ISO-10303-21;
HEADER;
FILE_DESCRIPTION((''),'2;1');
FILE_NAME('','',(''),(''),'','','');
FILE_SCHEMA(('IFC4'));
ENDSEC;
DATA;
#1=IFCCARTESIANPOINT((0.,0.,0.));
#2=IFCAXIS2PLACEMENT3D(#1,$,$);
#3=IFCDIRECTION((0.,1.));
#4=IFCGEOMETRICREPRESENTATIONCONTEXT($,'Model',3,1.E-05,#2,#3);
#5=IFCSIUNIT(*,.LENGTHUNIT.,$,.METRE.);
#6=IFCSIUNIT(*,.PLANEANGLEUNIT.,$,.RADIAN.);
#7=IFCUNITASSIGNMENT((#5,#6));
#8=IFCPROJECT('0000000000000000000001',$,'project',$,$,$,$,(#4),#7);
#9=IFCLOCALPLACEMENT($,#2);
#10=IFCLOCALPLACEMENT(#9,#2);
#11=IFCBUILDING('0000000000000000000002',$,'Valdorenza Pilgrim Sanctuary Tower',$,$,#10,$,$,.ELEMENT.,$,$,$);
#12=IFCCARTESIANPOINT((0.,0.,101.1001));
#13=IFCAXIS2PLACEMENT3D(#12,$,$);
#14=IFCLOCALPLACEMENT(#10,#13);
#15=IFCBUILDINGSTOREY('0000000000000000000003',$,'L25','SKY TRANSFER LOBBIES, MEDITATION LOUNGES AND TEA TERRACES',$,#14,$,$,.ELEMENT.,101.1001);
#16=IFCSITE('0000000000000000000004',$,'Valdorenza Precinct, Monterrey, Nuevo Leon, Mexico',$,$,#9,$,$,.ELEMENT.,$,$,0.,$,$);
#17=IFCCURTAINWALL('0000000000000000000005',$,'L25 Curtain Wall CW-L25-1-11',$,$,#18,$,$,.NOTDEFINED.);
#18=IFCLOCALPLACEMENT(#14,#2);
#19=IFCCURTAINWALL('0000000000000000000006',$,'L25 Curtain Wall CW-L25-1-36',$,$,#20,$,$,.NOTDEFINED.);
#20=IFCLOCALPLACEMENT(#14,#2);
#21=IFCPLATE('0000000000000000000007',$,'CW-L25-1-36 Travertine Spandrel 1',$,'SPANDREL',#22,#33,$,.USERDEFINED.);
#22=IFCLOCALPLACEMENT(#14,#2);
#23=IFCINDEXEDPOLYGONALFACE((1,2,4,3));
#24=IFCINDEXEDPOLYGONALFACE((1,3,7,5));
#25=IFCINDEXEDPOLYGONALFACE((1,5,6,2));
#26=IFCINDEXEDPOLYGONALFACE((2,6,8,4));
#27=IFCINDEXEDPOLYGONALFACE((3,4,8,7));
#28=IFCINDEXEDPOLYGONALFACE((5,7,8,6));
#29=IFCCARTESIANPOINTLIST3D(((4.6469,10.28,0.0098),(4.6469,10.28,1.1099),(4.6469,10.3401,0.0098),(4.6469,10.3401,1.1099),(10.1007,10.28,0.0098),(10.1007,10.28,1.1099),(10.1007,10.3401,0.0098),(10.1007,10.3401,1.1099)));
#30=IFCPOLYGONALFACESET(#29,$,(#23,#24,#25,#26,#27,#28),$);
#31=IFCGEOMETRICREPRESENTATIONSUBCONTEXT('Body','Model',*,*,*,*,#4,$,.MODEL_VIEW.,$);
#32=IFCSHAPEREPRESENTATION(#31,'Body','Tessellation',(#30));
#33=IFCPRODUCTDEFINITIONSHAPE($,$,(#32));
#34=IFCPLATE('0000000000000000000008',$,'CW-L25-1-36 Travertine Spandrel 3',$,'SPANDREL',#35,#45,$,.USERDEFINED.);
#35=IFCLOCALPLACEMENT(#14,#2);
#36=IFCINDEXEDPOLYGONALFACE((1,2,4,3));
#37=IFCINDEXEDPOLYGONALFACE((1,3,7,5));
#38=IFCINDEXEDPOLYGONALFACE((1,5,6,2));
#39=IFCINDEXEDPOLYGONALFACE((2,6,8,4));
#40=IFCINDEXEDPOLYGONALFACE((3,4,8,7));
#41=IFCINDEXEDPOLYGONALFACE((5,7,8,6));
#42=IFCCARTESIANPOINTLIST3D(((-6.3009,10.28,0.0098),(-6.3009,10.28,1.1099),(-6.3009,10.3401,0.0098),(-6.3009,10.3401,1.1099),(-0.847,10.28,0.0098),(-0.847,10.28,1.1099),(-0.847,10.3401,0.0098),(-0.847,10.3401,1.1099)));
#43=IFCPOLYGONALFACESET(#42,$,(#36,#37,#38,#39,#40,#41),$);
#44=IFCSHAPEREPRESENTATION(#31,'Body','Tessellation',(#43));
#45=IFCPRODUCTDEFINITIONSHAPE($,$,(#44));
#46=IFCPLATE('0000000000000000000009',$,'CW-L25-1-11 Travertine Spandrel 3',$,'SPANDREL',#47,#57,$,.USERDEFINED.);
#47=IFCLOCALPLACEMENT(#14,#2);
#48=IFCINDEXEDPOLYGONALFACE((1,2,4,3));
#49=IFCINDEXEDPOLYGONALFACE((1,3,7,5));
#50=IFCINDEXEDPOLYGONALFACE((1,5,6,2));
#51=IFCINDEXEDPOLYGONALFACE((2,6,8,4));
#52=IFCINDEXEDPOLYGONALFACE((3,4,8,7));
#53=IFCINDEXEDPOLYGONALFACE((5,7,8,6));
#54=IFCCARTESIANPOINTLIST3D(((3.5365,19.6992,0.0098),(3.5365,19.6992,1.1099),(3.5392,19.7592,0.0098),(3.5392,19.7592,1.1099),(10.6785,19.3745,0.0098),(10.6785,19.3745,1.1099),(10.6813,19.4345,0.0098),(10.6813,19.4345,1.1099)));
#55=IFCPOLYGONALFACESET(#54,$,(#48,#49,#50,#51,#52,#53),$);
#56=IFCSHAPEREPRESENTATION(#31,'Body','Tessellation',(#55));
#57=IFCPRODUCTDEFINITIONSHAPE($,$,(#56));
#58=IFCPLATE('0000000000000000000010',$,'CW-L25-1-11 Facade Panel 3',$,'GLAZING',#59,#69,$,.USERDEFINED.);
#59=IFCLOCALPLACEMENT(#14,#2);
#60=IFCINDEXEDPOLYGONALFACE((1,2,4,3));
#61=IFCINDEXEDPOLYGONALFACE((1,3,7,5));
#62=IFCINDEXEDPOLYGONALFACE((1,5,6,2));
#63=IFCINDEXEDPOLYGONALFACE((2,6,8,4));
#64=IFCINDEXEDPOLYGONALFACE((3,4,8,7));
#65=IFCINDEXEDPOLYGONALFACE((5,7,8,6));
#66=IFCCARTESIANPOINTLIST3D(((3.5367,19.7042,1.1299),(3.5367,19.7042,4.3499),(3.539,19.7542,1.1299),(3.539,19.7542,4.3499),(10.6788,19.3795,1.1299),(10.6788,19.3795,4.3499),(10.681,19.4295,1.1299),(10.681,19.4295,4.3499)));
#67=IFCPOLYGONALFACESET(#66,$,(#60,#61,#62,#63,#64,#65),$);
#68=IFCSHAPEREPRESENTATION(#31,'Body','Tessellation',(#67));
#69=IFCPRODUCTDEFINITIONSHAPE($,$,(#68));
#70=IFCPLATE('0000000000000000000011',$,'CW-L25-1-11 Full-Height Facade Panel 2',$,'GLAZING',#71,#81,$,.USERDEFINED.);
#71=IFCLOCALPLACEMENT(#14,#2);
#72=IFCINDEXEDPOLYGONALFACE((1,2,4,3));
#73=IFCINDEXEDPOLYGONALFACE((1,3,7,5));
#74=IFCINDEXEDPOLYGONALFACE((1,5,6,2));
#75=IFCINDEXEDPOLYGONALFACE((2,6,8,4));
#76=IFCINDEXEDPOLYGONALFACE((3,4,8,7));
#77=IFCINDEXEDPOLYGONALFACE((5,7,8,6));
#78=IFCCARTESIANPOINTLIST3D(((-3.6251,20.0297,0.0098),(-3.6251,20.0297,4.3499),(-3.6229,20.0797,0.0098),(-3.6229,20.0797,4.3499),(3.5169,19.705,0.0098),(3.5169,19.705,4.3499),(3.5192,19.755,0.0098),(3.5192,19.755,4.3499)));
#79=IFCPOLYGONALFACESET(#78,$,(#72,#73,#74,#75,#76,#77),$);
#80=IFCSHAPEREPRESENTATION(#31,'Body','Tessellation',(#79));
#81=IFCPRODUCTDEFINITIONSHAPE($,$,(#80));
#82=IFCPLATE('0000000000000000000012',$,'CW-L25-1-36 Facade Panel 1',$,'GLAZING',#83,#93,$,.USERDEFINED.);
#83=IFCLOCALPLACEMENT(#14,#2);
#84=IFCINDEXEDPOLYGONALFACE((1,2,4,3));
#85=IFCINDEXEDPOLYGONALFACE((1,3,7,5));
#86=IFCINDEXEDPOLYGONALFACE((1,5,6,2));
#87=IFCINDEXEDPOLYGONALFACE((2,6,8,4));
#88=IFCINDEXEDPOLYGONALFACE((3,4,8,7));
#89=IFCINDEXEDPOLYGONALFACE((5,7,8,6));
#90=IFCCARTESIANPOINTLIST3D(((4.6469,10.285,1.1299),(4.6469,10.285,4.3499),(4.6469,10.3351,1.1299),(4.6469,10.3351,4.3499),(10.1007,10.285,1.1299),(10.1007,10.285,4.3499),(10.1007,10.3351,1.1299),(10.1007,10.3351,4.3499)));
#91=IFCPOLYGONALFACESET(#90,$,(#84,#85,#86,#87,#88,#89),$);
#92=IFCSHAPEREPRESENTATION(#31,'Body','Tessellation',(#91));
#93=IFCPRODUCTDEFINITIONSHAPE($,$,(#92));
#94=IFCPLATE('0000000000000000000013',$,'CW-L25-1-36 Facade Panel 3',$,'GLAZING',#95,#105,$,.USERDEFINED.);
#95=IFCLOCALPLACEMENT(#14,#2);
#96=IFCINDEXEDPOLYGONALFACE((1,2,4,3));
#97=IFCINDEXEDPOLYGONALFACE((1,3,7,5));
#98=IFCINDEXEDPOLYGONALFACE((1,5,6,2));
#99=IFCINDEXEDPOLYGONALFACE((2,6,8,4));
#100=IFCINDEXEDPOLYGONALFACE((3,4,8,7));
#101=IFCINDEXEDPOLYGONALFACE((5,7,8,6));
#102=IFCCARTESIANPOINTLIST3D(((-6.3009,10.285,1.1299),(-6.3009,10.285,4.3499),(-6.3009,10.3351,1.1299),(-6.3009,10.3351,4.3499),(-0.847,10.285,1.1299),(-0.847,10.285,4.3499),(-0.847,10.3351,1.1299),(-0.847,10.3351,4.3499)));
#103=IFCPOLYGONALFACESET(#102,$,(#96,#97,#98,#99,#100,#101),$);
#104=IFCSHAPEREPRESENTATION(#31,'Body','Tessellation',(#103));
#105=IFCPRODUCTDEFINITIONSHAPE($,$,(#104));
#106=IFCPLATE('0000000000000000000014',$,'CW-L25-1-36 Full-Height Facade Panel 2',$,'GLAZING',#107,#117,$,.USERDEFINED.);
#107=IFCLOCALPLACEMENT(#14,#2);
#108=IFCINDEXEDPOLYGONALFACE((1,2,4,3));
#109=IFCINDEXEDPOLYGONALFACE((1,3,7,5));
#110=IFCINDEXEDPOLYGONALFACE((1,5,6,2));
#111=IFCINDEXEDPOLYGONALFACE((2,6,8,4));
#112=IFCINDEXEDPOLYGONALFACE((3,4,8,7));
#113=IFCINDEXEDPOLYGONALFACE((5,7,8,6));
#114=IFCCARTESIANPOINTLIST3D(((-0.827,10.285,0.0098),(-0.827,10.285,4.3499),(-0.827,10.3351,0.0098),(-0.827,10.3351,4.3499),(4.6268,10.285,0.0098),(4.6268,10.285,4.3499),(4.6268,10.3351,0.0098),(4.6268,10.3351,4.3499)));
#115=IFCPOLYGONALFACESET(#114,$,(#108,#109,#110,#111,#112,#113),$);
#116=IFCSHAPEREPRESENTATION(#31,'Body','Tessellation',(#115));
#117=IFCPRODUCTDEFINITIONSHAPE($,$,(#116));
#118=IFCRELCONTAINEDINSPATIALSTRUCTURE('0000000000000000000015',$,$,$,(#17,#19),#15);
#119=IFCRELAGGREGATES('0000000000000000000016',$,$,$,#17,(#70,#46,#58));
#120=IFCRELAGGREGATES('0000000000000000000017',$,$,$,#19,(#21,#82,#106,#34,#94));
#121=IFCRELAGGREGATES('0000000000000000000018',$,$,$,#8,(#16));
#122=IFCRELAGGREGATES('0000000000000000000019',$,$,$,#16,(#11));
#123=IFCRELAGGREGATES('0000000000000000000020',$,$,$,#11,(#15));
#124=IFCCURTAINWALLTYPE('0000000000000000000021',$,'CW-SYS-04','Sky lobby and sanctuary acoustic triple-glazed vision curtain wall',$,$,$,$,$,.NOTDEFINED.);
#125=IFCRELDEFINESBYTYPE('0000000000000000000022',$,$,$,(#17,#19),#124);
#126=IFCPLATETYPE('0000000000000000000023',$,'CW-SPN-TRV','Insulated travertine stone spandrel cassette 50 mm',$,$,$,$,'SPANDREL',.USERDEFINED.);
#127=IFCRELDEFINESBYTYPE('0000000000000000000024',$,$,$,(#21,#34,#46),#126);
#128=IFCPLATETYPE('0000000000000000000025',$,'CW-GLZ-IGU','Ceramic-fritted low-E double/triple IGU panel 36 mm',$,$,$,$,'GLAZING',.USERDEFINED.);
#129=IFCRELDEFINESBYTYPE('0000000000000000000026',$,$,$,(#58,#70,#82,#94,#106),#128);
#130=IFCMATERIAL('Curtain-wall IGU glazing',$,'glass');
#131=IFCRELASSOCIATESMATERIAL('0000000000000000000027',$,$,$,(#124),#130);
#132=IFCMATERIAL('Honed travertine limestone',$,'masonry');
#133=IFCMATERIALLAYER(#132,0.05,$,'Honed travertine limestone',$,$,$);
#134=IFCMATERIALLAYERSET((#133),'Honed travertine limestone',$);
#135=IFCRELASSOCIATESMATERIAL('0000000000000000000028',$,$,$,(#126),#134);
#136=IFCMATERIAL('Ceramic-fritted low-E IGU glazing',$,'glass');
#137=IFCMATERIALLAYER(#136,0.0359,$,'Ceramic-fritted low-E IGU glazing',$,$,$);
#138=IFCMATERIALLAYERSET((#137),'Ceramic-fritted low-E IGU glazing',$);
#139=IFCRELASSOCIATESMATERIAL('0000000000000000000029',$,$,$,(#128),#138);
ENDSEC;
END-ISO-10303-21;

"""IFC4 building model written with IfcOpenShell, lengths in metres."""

from ifc_helpers import new_model, si_unit, direction, frame, origin, origin_2d, place, context, subcontext, project, spatial, rectangle, extrude, source, transform, mapped, material, layer, layer_set, type_object, element, aggregate, save


model = new_model("IFC4")

# Units and contexts
model_context = context("Model", 3, precision=1e-05, world=origin(), true_north=direction((0.0, 1.0)))
body_context = subcontext(model_context, "Body", "Model", "MODEL_VIEW")
ifc_project = project(units=[si_unit("LENGTHUNIT", "METRE"), si_unit("PLANEANGLEUNIT", "RADIAN")], contexts=[model_context])

# Site, building, storey
site_placement = place(None, origin())
site = spatial("IfcSite", under=ifc_project, at=site_placement, Name="Valdorenza Precinct, Monterrey, Nuevo Leon, Mexico", CompositionType="ELEMENT", RefElevation=0.0)
building_placement = place(site_placement, origin())
building = spatial("IfcBuilding", under=site, at=building_placement, Name="Valdorenza Pilgrim Sanctuary Tower", CompositionType="ELEMENT")
storey_placement = place(building_placement, frame((0.0, 0.0, 101.1001)))
storey = spatial("IfcBuildingStorey", under=building, at=storey_placement, Name="L25", Description="SKY TRANSFER LOBBIES, MEDITATION LOUNGES AND TEA TERRACES", CompositionType="ELEMENT", Elevation=101.1001)

# Curtain wall
ifc_material_1 = material(Name="Curtain-wall IGU glazing", Category="glass")
curtain_wall_type = type_object("IfcCurtainWallType", Name="CW-SYS-04", Description="Sky lobby and sanctuary acoustic triple-glazed vision curtain wall", PredefinedType="NOTDEFINED", material=ifc_material_1)
curtain_wall_1_placement = place(storey_placement, origin())
curtain_wall_1 = element("IfcCurtainWall", 1, at=curtain_wall_1_placement, inside=storey, type_object=curtain_wall_type, Name="L25 Curtain Wall CW-L25-1-11", PredefinedType="NOTDEFINED")

# Curtain wall, plates
curtain_wall_2_placement = place(storey_placement, origin())
curtain_wall_2 = element("IfcCurtainWall", 2, at=curtain_wall_2_placement, inside=storey, type_object=curtain_wall_type, Name="L25 Curtain Wall CW-L25-1-36", PredefinedType="NOTDEFINED")
ifc_material_2 = material(Name="Honed travertine limestone", Category="masonry")
ifc_layer_1 = layer(ifc_material_2, 0.05, Name="Honed travertine limestone")
ifc_layer_set_1 = layer_set([ifc_layer_1], Name="Honed travertine limestone")
plate_type_1 = type_object("IfcPlateType", Name="CW-SPN-TRV", Description="Insulated travertine stone spandrel cassette 50 mm", ElementType="SPANDREL", PredefinedType="USERDEFINED", material=ifc_layer_set_1)
shared_shape_1 = source(origin(), body_context, "Body", "SweptSolid", [
    extrude(rectangle(XDim=5.4539, YDim=0.0601, at=origin_2d()), origin(), (0.0, 0.0, 1.0), 1.1001),
])
plate_1_placement = place(storey_placement, frame((7.3738, 10.3101, 0.0098), z_axis=(0.0, 0.0, 1.0), x_axis=(-1.0, 0.0, 0.0)))
plate_1 = element("IfcPlate", 3, at=plate_1_placement, type_object=plate_type_1, Name="CW-L25-1-36 Travertine Spandrel 1", ObjectType="SPANDREL", PredefinedType="USERDEFINED", context=body_context, shape_type="MappedRepresentation", body=[
    mapped(shared_shape_1, transform((0.0, 0.0, 0.0), x_axis=(1.0, 0.0, 0.0), y_axis=(0.0, 1.0, 0.0), z_axis=(0.0, 0.0, 1.0), scale=1.0)),
])
plate_2_placement = place(storey_placement, frame((-3.574, 10.3101, 0.0098), z_axis=(0.0, 0.0, 1.0), x_axis=(-1.0, 0.0, 0.0)))
plate_2 = element("IfcPlate", 4, at=plate_2_placement, type_object=plate_type_1, Name="CW-L25-1-36 Travertine Spandrel 3", ObjectType="SPANDREL", PredefinedType="USERDEFINED", context=body_context, shape_type="MappedRepresentation", body=[
    mapped(shared_shape_1, transform((0.0, 0.0, 0.0), x_axis=(1.0, 0.0, 0.0), y_axis=(0.0, 1.0, 0.0), z_axis=(0.0, 0.0, 1.0), scale=1.0)),
])

# Plates
shared_shape_2 = source(origin(), body_context, "Body", "SweptSolid", [
    extrude(rectangle(XDim=7.1494, YDim=0.0601, at=origin_2d()), origin(), (0.0, 0.0, 1.0), 1.1001),
])
plate_3_placement = place(storey_placement, frame((7.1089, 19.5669, 0.0098), z_axis=(0.0, 0.0, 1.0), x_axis=(0.998968, -0.045415, 0.0)))
plate_3 = element("IfcPlate", 5, at=plate_3_placement, type_object=plate_type_1, Name="CW-L25-1-11 Travertine Spandrel 3", ObjectType="SPANDREL", PredefinedType="USERDEFINED", context=body_context, shape_type="MappedRepresentation", body=[
    mapped(shared_shape_2, transform((0.0, 0.0, 0.0), x_axis=(1.0, 0.0, 0.0), y_axis=(0.0, 1.0, 0.0), z_axis=(0.0, 0.0, 1.0), scale=1.0)),
])
ifc_material_3 = material(Name="Ceramic-fritted low-E IGU glazing", Category="glass")
ifc_layer_2 = layer(ifc_material_3, 0.0359, Name="Ceramic-fritted low-E IGU glazing")
ifc_layer_set_2 = layer_set([ifc_layer_2], Name="Ceramic-fritted low-E IGU glazing")
plate_type_2 = type_object("IfcPlateType", Name="CW-GLZ-IGU", Description="Ceramic-fritted low-E double/triple IGU panel 36 mm", ElementType="GLAZING", PredefinedType="USERDEFINED", material=ifc_layer_set_2)
shared_shape_3 = source(origin(), body_context, "Body", "SweptSolid", [
    extrude(rectangle(XDim=7.1494, YDim=0.05, at=origin_2d()), origin(), (0.0, 0.0, 1.0), 3.22),
])
plate_4_placement = place(storey_placement, frame((7.1089, 19.5669, 1.1299), z_axis=(0.0, 0.0, 1.0), x_axis=(0.998968, -0.045415, 0.0)))
plate_4 = element("IfcPlate", 6, at=plate_4_placement, type_object=plate_type_2, Name="CW-L25-1-11 Facade Panel 3", ObjectType="GLAZING", PredefinedType="USERDEFINED", context=body_context, shape_type="MappedRepresentation", body=[
    mapped(shared_shape_3, transform((0.0, 0.0, 0.0), x_axis=(1.0, 0.0, 0.0), y_axis=(0.0, 1.0, 0.0), z_axis=(0.0, 0.0, 1.0), scale=1.0)),
])
shared_shape_4 = source(origin(), body_context, "Body", "SweptSolid", [
    extrude(rectangle(XDim=7.1494, YDim=0.05, at=origin_2d()), origin(), (0.0, 0.0, 1.0), 4.3401),
])
plate_5_placement = place(storey_placement, frame((-0.053, 19.8923, 0.0098), z_axis=(0.0, 0.0, 1.0), x_axis=(0.998968, -0.045415, 0.0)))
plate_5 = element("IfcPlate", 7, at=plate_5_placement, type_object=plate_type_2, Name="CW-L25-1-11 Full-Height Facade Panel 2", ObjectType="GLAZING", PredefinedType="USERDEFINED", context=body_context, shape_type="MappedRepresentation", body=[
    mapped(shared_shape_4, transform((0.0, 0.0, 0.0), x_axis=(1.0, 0.0, 0.0), y_axis=(0.0, 1.0, 0.0), z_axis=(0.0, 0.0, 1.0), scale=1.0)),
])
aggregate(curtain_wall_1, [plate_5, plate_3, plate_4])
shared_shape_5 = source(origin(), body_context, "Body", "SweptSolid", [
    extrude(rectangle(XDim=5.4539, YDim=0.05, at=origin_2d()), origin(), (0.0, 0.0, 1.0), 3.22),
])
plate_6_placement = place(storey_placement, frame((7.3738, 10.3101, 1.1299), z_axis=(0.0, 0.0, 1.0), x_axis=(-1.0, 0.0, 0.0)))
plate_6 = element("IfcPlate", 8, at=plate_6_placement, type_object=plate_type_2, Name="CW-L25-1-36 Facade Panel 1", ObjectType="GLAZING", PredefinedType="USERDEFINED", context=body_context, shape_type="MappedRepresentation", body=[
    mapped(shared_shape_5, transform((0.0, 0.0, 0.0), x_axis=(1.0, 0.0, 0.0), y_axis=(0.0, 1.0, 0.0), z_axis=(0.0, 0.0, 1.0), scale=1.0)),
])
plate_7_placement = place(storey_placement, frame((-3.574, 10.3101, 1.1299), z_axis=(0.0, 0.0, 1.0), x_axis=(-1.0, 0.0, 0.0)))
plate_7 = element("IfcPlate", 9, at=plate_7_placement, type_object=plate_type_2, Name="CW-L25-1-36 Facade Panel 3", ObjectType="GLAZING", PredefinedType="USERDEFINED", context=body_context, shape_type="MappedRepresentation", body=[
    mapped(shared_shape_5, transform((0.0, 0.0, 0.0), x_axis=(1.0, 0.0, 0.0), y_axis=(0.0, 1.0, 0.0), z_axis=(0.0, 0.0, 1.0), scale=1.0)),
])
shared_shape_6 = source(origin(), body_context, "Body", "SweptSolid", [
    extrude(rectangle(XDim=5.4539, YDim=0.05, at=origin_2d()), origin(), (0.0, 0.0, 1.0), 4.3401),
])
plate_8_placement = place(storey_placement, frame((1.8999, 10.3101, 0.0098), z_axis=(0.0, 0.0, 1.0), x_axis=(-1.0, 0.0, 0.0)))
plate_8 = element("IfcPlate", 10, at=plate_8_placement, type_object=plate_type_2, Name="CW-L25-1-36 Full-Height Facade Panel 2", ObjectType="GLAZING", PredefinedType="USERDEFINED", context=body_context, shape_type="MappedRepresentation", body=[
    mapped(shared_shape_6, transform((0.0, 0.0, 0.0), x_axis=(1.0, 0.0, 0.0), y_axis=(0.0, 1.0, 0.0), z_axis=(0.0, 0.0, 1.0), scale=1.0)),
])
aggregate(curtain_wall_2, [plate_1, plate_6, plate_8, plate_2, plate_7])

save(model, "model.ifc")
